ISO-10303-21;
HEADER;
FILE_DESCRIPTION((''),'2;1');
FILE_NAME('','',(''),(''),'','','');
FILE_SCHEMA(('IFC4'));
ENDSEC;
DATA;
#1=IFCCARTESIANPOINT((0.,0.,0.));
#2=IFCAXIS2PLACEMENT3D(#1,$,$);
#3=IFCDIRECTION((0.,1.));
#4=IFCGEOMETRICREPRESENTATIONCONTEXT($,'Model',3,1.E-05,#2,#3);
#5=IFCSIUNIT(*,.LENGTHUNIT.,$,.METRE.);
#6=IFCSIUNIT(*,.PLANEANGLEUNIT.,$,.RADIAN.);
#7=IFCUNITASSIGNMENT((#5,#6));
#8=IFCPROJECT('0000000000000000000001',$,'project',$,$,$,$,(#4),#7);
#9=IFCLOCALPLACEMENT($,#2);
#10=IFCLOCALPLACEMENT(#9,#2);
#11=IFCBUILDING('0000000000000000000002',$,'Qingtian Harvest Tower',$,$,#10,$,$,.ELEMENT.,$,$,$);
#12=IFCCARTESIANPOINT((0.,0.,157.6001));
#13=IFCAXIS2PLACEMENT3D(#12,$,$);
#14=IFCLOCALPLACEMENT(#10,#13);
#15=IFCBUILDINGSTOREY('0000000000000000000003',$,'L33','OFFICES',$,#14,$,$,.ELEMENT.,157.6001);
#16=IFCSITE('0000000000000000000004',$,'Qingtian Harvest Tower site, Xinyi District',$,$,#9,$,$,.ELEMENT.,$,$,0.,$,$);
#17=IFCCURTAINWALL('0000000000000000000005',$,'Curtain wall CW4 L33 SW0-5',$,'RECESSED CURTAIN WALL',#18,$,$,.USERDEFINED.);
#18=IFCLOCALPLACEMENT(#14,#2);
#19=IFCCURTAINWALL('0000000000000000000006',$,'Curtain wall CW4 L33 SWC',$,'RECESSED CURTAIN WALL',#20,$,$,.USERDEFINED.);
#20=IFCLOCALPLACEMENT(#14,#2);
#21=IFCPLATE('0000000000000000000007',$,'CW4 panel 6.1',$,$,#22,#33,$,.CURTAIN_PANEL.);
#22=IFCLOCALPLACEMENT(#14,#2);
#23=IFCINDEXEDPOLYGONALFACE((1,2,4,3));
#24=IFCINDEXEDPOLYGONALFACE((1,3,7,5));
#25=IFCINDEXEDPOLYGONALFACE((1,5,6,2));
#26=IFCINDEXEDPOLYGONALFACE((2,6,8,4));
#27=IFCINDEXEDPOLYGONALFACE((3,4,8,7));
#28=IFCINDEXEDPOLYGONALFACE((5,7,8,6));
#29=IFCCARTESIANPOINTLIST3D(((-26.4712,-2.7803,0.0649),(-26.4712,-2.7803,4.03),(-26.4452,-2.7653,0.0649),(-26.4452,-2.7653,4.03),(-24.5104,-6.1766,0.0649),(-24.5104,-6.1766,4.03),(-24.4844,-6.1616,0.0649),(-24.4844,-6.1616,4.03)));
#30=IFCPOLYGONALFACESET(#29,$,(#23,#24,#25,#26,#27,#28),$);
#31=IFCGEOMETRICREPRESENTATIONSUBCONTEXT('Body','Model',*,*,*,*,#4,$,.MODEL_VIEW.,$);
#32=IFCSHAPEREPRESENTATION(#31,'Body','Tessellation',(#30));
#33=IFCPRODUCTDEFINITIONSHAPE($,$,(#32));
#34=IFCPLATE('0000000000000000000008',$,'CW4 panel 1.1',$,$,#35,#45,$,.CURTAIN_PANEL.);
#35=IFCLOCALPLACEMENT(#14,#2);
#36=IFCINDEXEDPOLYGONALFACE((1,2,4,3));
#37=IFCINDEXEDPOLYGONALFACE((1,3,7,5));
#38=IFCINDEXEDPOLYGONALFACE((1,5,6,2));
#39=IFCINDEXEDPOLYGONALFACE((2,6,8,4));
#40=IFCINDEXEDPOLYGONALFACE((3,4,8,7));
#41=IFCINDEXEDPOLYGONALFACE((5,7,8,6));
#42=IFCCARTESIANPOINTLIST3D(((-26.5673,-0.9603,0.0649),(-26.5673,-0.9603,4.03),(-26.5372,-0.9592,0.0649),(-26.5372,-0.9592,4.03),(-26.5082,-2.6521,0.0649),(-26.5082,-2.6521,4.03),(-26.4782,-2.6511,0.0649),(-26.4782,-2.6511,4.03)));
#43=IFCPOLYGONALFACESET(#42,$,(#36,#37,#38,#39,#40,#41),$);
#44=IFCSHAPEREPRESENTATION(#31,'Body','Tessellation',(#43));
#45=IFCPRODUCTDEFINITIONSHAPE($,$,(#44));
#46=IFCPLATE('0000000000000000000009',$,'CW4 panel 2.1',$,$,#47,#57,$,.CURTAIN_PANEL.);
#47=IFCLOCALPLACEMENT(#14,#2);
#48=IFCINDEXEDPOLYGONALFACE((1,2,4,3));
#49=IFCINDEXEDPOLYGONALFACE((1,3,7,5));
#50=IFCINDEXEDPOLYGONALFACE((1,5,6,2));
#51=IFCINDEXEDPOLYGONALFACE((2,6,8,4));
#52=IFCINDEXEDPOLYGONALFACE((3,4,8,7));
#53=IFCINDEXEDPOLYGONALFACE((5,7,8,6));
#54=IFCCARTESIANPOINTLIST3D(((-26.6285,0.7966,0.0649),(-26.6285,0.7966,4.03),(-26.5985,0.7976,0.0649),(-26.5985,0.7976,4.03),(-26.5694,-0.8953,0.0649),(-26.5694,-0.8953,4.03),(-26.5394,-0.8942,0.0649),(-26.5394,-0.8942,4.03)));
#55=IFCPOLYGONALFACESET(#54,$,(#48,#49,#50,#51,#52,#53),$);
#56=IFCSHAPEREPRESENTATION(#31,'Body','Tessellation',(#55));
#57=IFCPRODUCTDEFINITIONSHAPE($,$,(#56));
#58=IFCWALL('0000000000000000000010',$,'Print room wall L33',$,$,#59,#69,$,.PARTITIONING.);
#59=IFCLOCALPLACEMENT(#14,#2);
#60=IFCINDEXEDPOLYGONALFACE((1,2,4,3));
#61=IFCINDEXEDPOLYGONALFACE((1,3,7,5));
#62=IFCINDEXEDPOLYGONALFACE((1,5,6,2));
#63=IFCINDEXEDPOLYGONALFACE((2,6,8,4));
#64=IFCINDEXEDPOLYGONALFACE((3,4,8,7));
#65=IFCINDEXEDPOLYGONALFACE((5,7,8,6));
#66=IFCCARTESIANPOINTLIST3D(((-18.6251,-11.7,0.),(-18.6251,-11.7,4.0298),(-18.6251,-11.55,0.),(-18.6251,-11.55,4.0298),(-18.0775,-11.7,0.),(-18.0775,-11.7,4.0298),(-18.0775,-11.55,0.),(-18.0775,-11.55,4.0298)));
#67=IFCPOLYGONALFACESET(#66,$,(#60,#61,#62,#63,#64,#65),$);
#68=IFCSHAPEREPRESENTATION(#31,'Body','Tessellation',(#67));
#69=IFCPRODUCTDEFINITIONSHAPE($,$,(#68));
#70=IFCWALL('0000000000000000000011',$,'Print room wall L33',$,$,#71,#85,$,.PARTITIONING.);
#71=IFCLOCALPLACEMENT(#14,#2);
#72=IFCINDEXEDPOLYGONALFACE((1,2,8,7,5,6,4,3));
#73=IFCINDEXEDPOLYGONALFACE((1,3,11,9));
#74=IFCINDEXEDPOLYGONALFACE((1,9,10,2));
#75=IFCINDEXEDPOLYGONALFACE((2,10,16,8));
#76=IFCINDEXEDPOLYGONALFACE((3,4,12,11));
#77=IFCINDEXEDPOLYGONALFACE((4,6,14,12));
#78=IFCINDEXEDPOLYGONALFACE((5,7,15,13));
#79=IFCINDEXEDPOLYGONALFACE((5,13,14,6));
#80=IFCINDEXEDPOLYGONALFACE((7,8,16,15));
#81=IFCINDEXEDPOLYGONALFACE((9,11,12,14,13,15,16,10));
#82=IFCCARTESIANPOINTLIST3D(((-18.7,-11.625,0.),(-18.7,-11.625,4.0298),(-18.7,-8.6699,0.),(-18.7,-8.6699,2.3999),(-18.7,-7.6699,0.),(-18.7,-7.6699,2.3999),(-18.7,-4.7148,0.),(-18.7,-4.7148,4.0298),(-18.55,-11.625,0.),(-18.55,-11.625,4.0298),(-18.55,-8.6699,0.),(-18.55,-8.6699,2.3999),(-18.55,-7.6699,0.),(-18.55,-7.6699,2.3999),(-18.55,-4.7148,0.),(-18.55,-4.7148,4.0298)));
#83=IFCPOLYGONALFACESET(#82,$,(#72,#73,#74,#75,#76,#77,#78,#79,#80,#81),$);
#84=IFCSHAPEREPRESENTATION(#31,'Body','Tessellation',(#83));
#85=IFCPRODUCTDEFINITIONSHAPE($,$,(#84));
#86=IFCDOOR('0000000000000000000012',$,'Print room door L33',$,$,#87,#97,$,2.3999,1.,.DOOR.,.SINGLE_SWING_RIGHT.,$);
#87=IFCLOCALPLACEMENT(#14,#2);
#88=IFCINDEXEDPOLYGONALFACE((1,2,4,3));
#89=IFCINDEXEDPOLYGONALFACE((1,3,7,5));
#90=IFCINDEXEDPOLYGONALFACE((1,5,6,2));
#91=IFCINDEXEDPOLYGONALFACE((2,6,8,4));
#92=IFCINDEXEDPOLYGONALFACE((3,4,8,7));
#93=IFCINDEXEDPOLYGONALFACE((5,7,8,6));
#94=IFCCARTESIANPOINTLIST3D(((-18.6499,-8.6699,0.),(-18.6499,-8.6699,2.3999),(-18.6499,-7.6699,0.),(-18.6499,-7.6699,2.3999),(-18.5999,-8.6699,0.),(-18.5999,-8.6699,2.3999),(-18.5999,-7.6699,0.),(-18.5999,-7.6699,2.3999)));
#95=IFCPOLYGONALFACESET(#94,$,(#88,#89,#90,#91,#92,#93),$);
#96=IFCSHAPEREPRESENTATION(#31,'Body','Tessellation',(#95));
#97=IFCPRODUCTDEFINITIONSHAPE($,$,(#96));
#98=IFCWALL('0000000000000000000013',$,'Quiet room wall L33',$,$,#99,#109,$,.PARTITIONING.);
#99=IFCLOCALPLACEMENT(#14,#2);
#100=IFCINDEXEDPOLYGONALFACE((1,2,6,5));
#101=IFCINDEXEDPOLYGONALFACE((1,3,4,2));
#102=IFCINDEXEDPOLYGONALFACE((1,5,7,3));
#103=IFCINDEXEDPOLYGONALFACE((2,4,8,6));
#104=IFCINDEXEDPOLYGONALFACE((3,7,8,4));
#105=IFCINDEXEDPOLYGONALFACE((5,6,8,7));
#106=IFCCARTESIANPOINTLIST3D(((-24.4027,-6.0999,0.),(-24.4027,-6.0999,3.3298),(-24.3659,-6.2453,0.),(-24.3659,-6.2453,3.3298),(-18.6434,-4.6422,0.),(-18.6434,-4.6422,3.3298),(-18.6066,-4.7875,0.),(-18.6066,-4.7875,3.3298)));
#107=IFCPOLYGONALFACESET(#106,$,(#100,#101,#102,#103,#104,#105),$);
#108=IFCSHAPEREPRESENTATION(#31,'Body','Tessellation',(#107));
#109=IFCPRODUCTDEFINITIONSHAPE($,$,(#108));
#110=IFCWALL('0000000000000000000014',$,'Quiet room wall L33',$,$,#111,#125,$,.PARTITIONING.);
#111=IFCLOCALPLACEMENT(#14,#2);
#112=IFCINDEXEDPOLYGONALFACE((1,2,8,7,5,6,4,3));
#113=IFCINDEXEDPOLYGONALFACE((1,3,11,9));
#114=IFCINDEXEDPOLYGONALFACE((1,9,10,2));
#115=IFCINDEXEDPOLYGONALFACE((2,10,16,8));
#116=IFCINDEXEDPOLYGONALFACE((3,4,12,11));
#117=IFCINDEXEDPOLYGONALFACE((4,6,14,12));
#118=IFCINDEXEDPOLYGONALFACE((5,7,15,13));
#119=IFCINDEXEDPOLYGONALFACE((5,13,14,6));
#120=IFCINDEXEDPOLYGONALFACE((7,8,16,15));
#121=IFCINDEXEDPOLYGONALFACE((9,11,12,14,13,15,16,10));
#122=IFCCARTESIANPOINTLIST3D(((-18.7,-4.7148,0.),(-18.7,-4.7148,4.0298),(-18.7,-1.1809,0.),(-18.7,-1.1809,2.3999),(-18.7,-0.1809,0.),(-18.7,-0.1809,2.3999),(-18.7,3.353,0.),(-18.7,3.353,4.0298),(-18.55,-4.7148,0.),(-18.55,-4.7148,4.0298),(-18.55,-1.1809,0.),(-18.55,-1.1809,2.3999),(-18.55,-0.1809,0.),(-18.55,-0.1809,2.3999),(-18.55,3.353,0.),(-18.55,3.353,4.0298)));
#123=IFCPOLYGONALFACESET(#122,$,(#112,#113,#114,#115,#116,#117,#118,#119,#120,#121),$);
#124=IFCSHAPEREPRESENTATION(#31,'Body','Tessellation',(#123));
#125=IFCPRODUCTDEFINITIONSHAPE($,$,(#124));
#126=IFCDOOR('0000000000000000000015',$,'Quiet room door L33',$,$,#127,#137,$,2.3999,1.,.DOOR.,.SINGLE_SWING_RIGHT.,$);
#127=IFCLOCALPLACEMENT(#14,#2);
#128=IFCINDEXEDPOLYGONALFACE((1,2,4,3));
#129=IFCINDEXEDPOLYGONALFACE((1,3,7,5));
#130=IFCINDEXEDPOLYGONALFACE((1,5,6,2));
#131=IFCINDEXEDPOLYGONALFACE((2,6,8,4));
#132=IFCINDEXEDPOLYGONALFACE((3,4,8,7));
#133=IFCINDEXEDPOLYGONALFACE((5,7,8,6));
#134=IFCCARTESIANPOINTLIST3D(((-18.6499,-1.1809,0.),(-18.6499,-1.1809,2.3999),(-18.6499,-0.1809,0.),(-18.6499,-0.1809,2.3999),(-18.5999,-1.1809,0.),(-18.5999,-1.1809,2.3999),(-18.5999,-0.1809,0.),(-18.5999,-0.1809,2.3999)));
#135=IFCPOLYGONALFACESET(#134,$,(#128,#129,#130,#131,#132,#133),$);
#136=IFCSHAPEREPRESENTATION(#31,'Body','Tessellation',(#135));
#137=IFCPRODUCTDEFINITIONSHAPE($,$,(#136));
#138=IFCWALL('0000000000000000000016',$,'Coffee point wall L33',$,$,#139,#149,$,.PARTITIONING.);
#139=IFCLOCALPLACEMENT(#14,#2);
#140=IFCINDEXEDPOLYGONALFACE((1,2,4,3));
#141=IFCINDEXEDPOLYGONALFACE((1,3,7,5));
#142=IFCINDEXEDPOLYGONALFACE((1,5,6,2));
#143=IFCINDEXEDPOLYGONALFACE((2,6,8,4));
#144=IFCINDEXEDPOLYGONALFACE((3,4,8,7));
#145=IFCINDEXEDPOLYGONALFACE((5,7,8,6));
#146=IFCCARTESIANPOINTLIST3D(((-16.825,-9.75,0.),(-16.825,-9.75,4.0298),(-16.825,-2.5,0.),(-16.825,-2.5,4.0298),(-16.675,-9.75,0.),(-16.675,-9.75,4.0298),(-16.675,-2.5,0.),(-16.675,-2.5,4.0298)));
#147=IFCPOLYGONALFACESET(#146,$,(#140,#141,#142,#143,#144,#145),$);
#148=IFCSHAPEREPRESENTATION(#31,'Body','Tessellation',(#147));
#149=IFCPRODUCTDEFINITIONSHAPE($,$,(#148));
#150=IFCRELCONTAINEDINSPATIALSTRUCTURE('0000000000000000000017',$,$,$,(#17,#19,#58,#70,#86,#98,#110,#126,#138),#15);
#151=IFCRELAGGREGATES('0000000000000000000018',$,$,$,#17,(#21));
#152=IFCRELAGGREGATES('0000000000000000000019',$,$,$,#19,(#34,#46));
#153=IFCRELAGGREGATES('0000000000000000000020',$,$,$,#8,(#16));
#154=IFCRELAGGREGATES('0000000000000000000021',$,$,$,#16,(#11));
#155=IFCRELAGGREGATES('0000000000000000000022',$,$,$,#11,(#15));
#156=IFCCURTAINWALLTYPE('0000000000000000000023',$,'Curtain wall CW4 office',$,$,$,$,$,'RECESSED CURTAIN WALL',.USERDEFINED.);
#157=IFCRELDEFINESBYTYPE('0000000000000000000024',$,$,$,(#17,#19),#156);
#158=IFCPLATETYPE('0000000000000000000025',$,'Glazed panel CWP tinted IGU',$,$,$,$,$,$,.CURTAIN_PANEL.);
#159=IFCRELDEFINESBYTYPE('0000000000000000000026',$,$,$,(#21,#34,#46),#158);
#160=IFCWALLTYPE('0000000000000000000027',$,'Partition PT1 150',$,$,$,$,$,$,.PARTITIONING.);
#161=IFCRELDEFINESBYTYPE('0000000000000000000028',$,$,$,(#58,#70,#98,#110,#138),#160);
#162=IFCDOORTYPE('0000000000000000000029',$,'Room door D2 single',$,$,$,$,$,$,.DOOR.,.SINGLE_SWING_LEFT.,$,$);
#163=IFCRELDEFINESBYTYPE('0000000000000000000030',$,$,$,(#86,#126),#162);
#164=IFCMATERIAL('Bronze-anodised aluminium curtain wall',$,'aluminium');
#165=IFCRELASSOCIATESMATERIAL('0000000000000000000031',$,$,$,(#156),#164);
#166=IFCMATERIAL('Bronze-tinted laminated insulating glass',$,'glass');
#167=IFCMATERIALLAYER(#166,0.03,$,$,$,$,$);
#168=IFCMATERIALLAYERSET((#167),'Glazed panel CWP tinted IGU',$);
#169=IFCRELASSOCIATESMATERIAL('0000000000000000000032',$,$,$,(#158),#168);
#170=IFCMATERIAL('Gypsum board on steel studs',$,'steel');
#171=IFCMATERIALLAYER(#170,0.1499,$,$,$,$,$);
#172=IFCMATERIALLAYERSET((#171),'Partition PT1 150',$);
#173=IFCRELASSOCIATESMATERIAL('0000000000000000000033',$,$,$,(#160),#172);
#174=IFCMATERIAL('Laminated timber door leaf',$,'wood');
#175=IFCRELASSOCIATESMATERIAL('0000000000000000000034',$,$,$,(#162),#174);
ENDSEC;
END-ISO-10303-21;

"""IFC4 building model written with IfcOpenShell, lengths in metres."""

from ifc_helpers import new_model, si_unit, direction, frame, frame_2d, origin, origin_2d, place, context, subcontext, project, spatial, rectangle, extrude, material, layer, layer_set, type_object, element, fill, aggregate, save


model = new_model("IFC4")

# Units and contexts
model_context = context("Model", 3, precision=1e-05, world=origin(), true_north=direction((0.0, 1.0)))
body_context = subcontext(model_context, "Body", "Model", "MODEL_VIEW")
ifc_project = project(units=[si_unit("LENGTHUNIT", "METRE"), si_unit("PLANEANGLEUNIT", "RADIAN")], contexts=[model_context])

# Site, building, storey
site_placement = place(None, origin())
site = spatial("IfcSite", under=ifc_project, at=site_placement, Name="Qingtian Harvest Tower site, Xinyi District", CompositionType="ELEMENT", RefElevation=0.0)
building_placement = place(site_placement, origin())
building = spatial("IfcBuilding", under=site, at=building_placement, Name="Qingtian Harvest Tower", CompositionType="ELEMENT")
storey_placement = place(building_placement, frame((0.0, 0.0, 157.6001)))
storey = spatial("IfcBuildingStorey", under=building, at=storey_placement, Name="L33", Description="OFFICES", CompositionType="ELEMENT", Elevation=157.6001)

# Curtain walls
ifc_material_1 = material(Name="Bronze-anodised aluminium curtain wall", Category="aluminium")
curtain_wall_type = type_object("IfcCurtainWallType", Name="Curtain wall CW4 office", ElementType="RECESSED CURTAIN WALL", PredefinedType="USERDEFINED", material=ifc_material_1)
curtain_wall_1_placement = place(storey_placement, origin())
curtain_wall_1 = element("IfcCurtainWall", 1, at=curtain_wall_1_placement, inside=storey, type_object=curtain_wall_type, Name="Curtain wall CW4 L33 SW0-5", ObjectType="RECESSED CURTAIN WALL", PredefinedType="USERDEFINED")
curtain_wall_2_placement = place(storey_placement, origin())
curtain_wall_2 = element("IfcCurtainWall", 2, at=curtain_wall_2_placement, inside=storey, type_object=curtain_wall_type, Name="Curtain wall CW4 L33 SWC", ObjectType="RECESSED CURTAIN WALL", PredefinedType="USERDEFINED")

# Plates
ifc_material_2 = material(Name="Bronze-tinted laminated insulating glass", Category="glass")
ifc_layer_1 = layer(ifc_material_2, 0.03)
ifc_layer_set_1 = layer_set([ifc_layer_1], Name="Glazed panel CWP tinted IGU")
plate_type = type_object("IfcPlateType", Name="Glazed panel CWP tinted IGU", PredefinedType="CURTAIN_PANEL", material=ifc_layer_set_1)
plate_1_placement = place(storey_placement, frame((-25.4778, -4.4709, 0.0649), z_axis=(0.0, 0.0, 1.0), x_axis=(-0.5, 0.866025, 0.0)))
plate_1 = element("IfcPlate", 3, at=plate_1_placement, type_object=plate_type, Name="CW4 panel 6.1", PredefinedType="CURTAIN_PANEL", context=body_context, shape_type="SweptSolid", body=[
    extrude(rectangle(XDim=3.9216, YDim=0.03, at=origin_2d()), origin(), (0.0, 0.0, 1.0), 3.9651),
])
aggregate(curtain_wall_1, [plate_1])
plate_2_placement = place(storey_placement, frame((-26.5227, -1.8057, 0.0649), z_axis=(0.0, 0.0, 1.0), x_axis=(-0.034899, 0.999391, 0.0)))
plate_2 = element("IfcPlate", 4, at=plate_2_placement, type_object=plate_type, Name="CW4 panel 1.1", PredefinedType="CURTAIN_PANEL", context=body_context, shape_type="SweptSolid", body=[
    extrude(rectangle(XDim=1.6929, YDim=0.03, at=origin_2d()), origin(), (0.0, 0.0, 1.0), 3.9651),
])
plate_3_placement = place(storey_placement, frame((-26.584, -0.0488, 0.0649), z_axis=(0.0, 0.0, 1.0), x_axis=(-0.034899, 0.999391, 0.0)))
plate_3 = element("IfcPlate", 5, at=plate_3_placement, type_object=plate_type, Name="CW4 panel 2.1", PredefinedType="CURTAIN_PANEL", context=body_context, shape_type="SweptSolid", body=[
    extrude(rectangle(XDim=1.6929, YDim=0.03, at=origin_2d()), origin(), (0.0, 0.0, 1.0), 3.9651),
])
aggregate(curtain_wall_2, [plate_2, plate_3])

# Wall
ifc_material_3 = material(Name="Gypsum board on steel studs", Category="steel")
ifc_layer_2 = layer(ifc_material_3, 0.1499)
ifc_layer_set_2 = layer_set([ifc_layer_2], Name="Partition PT1 150")
wall_type = type_object("IfcWallType", Name="Partition PT1 150", PredefinedType="PARTITIONING", material=ifc_layer_set_2)
wall_1_placement = place(storey_placement, frame((-18.0774, -11.625, 0.0), z_axis=(0.0, 0.0, 1.0), x_axis=(-1.0, 0.0, 0.0)))
element("IfcWall", 6, at=wall_1_placement, inside=storey, type_object=wall_type, Name="Print room wall L33", PredefinedType="PARTITIONING", context=body_context, shape_type="SweptSolid", body=[
    extrude(rectangle(XDim=0.5476, YDim=0.1499, at=frame_2d((0.2739, 0.0))), origin(), (0.0, 0.0, 1.0), 4.0298),
])

# Wall, opening, door
wall_2_placement = place(storey_placement, frame((-18.625, -11.625, 0.0), z_axis=(0.0, 0.0, 1.0), x_axis=(0.0, 1.0, 0.0)))
wall_2 = element("IfcWall", 7, at=wall_2_placement, inside=storey, type_object=wall_type, Name="Print room wall L33", PredefinedType="PARTITIONING", context=body_context, shape_type="SweptSolid", body=[
    extrude(rectangle(XDim=6.9102, YDim=0.1499, at=frame_2d((3.4551, 0.0))), origin(), (0.0, 0.0, 1.0), 4.0298),
])
opening_1_placement = place(wall_2_placement, frame((2.9551, 0.0, 0.0)))
opening_1 = element("IfcOpeningElement", 8, at=opening_1_placement, cuts=wall_2, PredefinedType="OPENING", context=body_context, shape_type="SweptSolid", body=[
    extrude(rectangle(XDim=1.0, YDim=2.3999, at=frame_2d((0.5, 1.2))), frame((0.0, 0.085, 0.0), z_axis=(0.0, -1.0, 0.0), x_axis=(1.0, 0.0, 0.0)), (0.0, 0.0, 1.0), 0.1699),
])
ifc_material_4 = material(Name="Laminated timber door leaf", Category="wood")
door_type = type_object("IfcDoorType", Name="Room door D2 single", OperationType="SINGLE_SWING_LEFT", PredefinedType="DOOR", material=ifc_material_4)
door_1_placement = place(opening_1_placement, origin())
door_1 = element("IfcDoor", 9, at=door_1_placement, inside=storey, type_object=door_type, Name="Print room door L33", OperationType="SINGLE_SWING_RIGHT", OverallHeight=2.3999, OverallWidth=1.0, PredefinedType="DOOR", context=body_context, shape_type="SweptSolid", body=[
    extrude(rectangle(XDim=1.0, YDim=2.3999, at=frame_2d((0.5, 1.2))), frame((0.0, 0.0249, 0.0), z_axis=(0.0, -1.0, 0.0), x_axis=(1.0, 0.0, 0.0)), (0.0, 0.0, 1.0), 0.05),
])
fill(opening_1, door_1)

# Wall
wall_3_placement = place(storey_placement, frame((-24.3843, -6.1726, 0.0), z_axis=(0.0, 0.0, 1.0), x_axis=(0.969428, 0.245377, 0.0)))
element("IfcWall", 10, at=wall_3_placement, inside=storey, type_object=wall_type, Name="Quiet room wall L33", PredefinedType="PARTITIONING", context=body_context, shape_type="SweptSolid", body=[
    extrude(rectangle(XDim=5.9409, YDim=0.1499, at=frame_2d((2.9705, 0.0))), origin(), (0.0, 0.0, 1.0), 3.3298),
])

# Wall, opening, door
wall_4_placement = place(storey_placement, frame((-18.625, -4.7148, 0.0), z_axis=(0.0, 0.0, 1.0), x_axis=(0.0, 1.0, 0.0)))
wall_4 = element("IfcWall", 11, at=wall_4_placement, inside=storey, type_object=wall_type, Name="Quiet room wall L33", PredefinedType="PARTITIONING", context=body_context, shape_type="SweptSolid", body=[
    extrude(rectangle(XDim=8.0679, YDim=0.1499, at=frame_2d((4.0339, 0.0))), origin(), (0.0, 0.0, 1.0), 4.0298),
])
opening_2_placement = place(wall_4_placement, frame((3.5339, 0.0, 0.0)))
opening_2 = element("IfcOpeningElement", 12, at=opening_2_placement, cuts=wall_4, PredefinedType="OPENING", context=body_context, shape_type="SweptSolid", body=[
    extrude(rectangle(XDim=1.0, YDim=2.3999, at=frame_2d((0.5, 1.2))), frame((0.0, 0.085, 0.0), z_axis=(0.0, -1.0, 0.0), x_axis=(1.0, 0.0, 0.0)), (0.0, 0.0, 1.0), 0.1699),
])
door_2_placement = place(opening_2_placement, origin())
door_2 = element("IfcDoor", 13, at=door_2_placement, inside=storey, type_object=door_type, Name="Quiet room door L33", OperationType="SINGLE_SWING_RIGHT", OverallHeight=2.3999, OverallWidth=1.0, PredefinedType="DOOR", context=body_context, shape_type="SweptSolid", body=[
    extrude(rectangle(XDim=1.0, YDim=2.3999, at=frame_2d((0.5, 1.2))), frame((0.0, 0.0249, 0.0), z_axis=(0.0, -1.0, 0.0), x_axis=(1.0, 0.0, 0.0)), (0.0, 0.0, 1.0), 0.05),
])
fill(opening_2, door_2)

# Wall
wall_5_placement = place(storey_placement, frame((-16.75, -9.75, 0.0), z_axis=(0.0, 0.0, 1.0), x_axis=(0.0, 1.0, 0.0)))
element("IfcWall", 14, at=wall_5_placement, inside=storey, type_object=wall_type, Name="Coffee point wall L33", PredefinedType="PARTITIONING", context=body_context, shape_type="SweptSolid", body=[
    extrude(rectangle(XDim=7.25, YDim=0.1499, at=frame_2d((3.625, 0.0))), origin(), (0.0, 0.0, 1.0), 4.0298),
])

save(model, "model.ifc")
